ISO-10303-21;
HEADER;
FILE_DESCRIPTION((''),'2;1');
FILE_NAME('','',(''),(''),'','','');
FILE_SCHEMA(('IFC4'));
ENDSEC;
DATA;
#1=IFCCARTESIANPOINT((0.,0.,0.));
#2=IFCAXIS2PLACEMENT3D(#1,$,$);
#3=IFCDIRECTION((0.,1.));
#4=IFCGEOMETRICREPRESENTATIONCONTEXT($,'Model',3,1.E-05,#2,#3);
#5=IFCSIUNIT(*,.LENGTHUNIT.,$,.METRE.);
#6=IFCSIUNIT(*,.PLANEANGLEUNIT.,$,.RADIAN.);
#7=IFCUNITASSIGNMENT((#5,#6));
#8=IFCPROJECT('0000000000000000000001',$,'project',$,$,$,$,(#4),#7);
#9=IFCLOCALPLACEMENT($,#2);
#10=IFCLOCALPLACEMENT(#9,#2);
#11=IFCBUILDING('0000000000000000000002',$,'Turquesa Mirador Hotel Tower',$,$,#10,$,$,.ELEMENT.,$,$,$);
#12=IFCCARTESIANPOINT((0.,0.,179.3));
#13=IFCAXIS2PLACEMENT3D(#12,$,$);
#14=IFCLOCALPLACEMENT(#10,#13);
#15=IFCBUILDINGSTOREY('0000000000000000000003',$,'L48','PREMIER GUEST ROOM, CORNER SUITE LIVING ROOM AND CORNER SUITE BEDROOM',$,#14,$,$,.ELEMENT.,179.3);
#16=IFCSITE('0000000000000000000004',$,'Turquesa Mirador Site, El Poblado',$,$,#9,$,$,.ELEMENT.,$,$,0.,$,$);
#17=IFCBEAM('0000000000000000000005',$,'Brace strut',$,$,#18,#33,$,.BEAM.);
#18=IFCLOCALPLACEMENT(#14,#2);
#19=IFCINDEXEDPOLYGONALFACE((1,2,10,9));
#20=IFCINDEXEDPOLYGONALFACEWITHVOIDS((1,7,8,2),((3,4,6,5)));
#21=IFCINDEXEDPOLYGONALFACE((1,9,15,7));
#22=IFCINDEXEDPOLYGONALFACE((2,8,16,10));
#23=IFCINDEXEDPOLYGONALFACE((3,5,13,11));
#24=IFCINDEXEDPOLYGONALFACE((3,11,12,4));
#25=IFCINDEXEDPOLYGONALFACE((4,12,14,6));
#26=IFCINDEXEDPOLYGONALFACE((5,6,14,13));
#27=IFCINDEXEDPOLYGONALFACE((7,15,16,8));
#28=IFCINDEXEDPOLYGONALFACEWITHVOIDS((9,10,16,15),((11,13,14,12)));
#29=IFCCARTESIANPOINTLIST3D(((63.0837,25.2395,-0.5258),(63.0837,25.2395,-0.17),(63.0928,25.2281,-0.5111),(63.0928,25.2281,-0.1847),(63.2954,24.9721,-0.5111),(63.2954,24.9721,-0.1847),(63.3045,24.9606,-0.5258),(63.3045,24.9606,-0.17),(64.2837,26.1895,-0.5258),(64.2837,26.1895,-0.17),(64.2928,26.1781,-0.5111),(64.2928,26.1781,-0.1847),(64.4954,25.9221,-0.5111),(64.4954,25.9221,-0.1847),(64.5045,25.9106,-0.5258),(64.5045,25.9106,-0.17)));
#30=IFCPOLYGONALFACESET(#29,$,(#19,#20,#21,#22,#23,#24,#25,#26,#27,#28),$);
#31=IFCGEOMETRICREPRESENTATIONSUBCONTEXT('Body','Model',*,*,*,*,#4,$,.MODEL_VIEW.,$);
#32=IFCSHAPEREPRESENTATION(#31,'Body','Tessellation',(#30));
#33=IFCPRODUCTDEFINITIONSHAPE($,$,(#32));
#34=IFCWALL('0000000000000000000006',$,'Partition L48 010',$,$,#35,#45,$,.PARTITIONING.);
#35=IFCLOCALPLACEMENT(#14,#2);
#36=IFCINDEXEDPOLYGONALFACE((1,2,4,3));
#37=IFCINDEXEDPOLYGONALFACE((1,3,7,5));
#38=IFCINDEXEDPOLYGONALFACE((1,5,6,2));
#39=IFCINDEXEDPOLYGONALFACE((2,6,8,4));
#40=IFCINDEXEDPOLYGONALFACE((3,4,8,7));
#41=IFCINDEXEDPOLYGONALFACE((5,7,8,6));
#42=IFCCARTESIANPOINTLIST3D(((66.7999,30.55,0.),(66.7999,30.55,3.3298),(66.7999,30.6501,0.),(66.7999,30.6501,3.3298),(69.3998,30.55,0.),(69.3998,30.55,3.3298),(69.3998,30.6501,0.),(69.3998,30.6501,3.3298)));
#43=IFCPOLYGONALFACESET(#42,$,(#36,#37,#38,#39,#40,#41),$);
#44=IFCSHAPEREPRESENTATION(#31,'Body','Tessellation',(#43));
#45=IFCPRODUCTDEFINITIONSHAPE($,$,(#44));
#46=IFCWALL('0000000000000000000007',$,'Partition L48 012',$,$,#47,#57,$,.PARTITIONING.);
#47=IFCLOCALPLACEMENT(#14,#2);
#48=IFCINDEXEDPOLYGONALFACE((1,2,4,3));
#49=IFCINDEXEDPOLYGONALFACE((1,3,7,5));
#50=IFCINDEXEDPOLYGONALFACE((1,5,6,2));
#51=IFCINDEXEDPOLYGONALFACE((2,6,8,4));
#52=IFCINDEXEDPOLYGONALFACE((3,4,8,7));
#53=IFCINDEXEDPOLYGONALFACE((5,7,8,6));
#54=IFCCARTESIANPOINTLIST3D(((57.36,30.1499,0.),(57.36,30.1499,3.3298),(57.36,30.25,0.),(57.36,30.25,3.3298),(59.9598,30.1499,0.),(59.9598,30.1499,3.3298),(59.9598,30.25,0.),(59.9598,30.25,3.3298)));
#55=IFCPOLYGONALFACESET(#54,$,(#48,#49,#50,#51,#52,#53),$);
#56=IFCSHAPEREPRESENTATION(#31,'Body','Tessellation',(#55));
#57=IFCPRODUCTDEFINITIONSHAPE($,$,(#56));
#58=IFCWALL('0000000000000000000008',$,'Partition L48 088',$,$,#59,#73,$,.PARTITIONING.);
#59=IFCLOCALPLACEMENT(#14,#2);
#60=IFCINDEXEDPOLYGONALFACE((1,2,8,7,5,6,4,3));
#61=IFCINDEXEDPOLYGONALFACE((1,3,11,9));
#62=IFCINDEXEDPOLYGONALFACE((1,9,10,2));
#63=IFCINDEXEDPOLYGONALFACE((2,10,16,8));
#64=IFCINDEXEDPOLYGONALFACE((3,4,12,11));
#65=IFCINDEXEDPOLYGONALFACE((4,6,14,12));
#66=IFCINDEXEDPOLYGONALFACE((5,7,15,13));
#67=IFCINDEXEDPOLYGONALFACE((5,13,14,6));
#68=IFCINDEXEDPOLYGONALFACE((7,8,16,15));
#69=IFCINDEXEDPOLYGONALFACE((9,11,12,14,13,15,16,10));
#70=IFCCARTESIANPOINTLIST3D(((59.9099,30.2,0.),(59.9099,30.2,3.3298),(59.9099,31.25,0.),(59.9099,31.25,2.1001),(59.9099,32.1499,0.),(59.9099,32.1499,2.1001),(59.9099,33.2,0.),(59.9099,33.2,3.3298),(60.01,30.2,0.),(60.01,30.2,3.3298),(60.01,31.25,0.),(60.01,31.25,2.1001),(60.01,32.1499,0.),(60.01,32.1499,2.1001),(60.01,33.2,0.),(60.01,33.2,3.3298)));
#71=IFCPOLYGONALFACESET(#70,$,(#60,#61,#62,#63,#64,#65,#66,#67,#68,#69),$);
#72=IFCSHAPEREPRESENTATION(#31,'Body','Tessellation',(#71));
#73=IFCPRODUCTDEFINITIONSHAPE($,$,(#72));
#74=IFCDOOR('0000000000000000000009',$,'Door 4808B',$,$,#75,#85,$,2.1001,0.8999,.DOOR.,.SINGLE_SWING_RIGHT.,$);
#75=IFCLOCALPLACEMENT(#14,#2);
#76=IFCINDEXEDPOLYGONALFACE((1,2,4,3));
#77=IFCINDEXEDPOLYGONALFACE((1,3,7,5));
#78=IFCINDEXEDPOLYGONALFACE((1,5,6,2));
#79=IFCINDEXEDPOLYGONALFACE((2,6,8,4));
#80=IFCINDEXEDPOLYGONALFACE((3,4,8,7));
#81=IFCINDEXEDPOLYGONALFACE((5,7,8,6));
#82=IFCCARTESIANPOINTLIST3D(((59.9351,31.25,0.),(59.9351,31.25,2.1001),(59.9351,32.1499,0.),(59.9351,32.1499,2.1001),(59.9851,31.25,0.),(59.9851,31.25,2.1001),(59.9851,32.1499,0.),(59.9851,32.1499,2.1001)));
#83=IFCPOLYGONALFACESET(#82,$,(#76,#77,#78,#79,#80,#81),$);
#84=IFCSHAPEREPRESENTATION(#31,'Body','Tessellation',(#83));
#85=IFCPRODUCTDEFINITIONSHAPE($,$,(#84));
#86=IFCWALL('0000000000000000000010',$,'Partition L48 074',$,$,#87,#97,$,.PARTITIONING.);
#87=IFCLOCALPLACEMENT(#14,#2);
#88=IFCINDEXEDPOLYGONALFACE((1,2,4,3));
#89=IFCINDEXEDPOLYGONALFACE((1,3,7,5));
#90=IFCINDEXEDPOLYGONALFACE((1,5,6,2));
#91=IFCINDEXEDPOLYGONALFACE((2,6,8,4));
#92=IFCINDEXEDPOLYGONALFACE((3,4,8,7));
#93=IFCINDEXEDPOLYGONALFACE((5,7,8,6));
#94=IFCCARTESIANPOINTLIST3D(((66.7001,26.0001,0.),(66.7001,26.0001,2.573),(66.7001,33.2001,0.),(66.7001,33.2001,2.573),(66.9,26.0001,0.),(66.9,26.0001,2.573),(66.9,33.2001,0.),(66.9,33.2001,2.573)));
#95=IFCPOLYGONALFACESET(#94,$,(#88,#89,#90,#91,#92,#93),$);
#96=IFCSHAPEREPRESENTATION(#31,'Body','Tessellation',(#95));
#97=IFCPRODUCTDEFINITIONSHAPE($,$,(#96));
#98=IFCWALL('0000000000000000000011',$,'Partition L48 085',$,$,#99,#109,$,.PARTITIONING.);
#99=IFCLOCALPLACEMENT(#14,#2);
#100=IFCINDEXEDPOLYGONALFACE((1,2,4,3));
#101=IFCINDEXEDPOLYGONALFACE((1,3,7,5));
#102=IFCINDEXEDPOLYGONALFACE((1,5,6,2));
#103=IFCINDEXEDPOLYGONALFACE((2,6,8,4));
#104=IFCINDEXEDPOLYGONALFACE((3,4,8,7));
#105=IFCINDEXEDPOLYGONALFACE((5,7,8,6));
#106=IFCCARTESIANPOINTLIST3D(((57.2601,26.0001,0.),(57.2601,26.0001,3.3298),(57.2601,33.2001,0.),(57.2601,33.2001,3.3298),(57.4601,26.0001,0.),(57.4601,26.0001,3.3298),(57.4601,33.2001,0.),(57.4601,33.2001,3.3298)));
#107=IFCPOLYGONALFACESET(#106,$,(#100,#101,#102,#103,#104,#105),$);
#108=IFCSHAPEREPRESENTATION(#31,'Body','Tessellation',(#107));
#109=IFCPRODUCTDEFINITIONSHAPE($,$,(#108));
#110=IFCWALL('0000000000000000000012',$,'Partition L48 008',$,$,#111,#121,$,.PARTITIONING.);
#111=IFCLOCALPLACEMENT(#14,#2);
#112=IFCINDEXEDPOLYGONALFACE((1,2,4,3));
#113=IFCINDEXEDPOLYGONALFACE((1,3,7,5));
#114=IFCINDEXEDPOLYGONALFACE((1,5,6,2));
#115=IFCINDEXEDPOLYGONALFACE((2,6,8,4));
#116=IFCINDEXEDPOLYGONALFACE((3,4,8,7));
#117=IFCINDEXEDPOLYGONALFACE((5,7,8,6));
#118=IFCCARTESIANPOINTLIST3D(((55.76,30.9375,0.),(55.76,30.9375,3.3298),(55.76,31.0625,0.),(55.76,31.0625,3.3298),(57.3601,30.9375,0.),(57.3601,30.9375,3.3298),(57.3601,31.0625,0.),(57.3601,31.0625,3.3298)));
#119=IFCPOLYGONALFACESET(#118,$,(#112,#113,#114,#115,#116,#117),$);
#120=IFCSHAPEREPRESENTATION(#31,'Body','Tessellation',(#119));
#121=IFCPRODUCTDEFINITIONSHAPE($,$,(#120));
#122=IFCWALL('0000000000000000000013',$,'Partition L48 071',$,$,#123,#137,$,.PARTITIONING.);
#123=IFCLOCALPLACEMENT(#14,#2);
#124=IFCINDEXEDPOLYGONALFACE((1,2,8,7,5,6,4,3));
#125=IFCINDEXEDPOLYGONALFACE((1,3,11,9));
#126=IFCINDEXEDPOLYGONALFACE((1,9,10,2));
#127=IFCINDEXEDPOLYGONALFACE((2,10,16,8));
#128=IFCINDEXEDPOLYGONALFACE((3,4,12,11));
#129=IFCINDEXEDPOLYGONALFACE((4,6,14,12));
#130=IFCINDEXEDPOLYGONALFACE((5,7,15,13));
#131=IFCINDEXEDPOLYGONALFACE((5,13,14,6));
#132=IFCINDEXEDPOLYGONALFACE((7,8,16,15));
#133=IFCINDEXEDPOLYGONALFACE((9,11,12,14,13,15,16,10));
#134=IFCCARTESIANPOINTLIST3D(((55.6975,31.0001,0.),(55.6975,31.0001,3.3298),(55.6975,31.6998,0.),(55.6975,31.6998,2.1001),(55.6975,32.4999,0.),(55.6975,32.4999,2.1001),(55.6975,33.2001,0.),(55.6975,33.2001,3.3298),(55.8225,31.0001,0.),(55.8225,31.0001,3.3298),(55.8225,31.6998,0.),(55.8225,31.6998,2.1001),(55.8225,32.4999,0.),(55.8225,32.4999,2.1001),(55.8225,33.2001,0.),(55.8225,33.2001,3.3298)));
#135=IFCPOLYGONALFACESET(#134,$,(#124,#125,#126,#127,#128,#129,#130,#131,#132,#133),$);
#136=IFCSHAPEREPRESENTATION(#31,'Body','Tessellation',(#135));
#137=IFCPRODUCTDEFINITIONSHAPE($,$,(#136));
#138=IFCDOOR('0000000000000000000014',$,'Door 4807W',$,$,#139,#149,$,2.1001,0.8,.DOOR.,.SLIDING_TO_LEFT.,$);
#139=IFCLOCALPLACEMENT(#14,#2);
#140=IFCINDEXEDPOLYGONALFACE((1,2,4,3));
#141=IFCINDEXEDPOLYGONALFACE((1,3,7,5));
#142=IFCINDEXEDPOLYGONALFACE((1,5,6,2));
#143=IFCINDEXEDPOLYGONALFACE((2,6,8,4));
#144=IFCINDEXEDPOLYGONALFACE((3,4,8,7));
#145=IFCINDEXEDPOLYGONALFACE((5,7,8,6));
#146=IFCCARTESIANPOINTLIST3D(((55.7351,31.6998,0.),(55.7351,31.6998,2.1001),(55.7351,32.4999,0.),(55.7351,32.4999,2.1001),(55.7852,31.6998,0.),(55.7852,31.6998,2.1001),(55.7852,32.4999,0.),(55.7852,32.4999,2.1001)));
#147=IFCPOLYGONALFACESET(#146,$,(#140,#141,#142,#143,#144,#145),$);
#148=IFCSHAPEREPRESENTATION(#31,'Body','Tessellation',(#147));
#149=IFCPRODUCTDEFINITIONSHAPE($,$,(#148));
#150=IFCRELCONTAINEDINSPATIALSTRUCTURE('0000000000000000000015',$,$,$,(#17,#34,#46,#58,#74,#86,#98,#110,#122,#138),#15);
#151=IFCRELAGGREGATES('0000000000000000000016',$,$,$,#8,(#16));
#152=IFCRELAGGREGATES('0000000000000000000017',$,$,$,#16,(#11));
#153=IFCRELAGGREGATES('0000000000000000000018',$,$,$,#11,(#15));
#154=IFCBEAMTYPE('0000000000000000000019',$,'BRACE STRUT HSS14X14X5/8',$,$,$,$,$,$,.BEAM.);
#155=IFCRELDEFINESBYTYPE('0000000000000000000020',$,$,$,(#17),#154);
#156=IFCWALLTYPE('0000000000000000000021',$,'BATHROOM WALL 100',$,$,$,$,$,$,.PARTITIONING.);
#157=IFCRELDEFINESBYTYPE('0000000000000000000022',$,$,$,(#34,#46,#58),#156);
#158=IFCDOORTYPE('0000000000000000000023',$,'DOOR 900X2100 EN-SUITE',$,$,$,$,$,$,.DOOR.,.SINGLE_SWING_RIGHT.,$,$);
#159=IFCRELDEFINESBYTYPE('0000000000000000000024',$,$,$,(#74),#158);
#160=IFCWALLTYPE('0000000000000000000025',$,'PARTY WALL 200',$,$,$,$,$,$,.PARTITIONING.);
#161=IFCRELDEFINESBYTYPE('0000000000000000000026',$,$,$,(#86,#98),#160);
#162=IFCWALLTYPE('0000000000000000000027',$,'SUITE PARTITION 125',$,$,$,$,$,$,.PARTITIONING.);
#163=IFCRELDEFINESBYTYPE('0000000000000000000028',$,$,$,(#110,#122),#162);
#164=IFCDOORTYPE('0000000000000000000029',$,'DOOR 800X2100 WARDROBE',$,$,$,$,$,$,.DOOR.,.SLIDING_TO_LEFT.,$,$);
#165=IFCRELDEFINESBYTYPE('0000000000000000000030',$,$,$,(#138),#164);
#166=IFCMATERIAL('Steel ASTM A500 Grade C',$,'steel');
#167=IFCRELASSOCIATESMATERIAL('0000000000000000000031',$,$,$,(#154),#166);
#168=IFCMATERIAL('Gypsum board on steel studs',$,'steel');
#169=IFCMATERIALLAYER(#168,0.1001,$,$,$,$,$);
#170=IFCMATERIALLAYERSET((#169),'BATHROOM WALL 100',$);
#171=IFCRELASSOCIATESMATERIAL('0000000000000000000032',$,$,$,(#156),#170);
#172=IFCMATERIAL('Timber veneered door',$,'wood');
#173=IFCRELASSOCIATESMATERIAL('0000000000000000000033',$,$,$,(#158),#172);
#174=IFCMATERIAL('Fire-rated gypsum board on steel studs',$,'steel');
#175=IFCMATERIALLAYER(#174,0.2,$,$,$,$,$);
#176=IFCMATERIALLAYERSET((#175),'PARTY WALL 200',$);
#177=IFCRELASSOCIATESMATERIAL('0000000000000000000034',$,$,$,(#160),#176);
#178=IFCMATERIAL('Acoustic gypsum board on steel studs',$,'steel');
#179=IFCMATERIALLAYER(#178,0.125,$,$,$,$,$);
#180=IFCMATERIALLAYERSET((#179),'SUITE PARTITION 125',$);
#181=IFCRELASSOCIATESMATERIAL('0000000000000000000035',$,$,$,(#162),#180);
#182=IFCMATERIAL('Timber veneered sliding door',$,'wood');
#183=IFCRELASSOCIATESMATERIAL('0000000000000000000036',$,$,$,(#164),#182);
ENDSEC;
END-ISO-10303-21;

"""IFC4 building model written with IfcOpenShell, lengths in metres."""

from ifc_helpers import new_model, si_unit, direction, frame, frame_2d, origin, origin_2d, place, context, subcontext, project, spatial, rectangle, hollow_rectangle, extrude, material, layer, layer_set, material_profile, profile_set, type_object, element, fill, save


model = new_model("IFC4")

# Units and contexts
model_context = context("Model", 3, precision=1e-05, world=origin(), true_north=direction((0.0, 1.0)))
body_context = subcontext(model_context, "Body", "Model", "MODEL_VIEW")
ifc_project = project(units=[si_unit("LENGTHUNIT", "METRE"), si_unit("PLANEANGLEUNIT", "RADIAN")], contexts=[model_context])

# Site, building, storey
site_placement = place(None, origin())
site = spatial("IfcSite", under=ifc_project, at=site_placement, Name="Turquesa Mirador Site, El Poblado", CompositionType="ELEMENT", RefElevation=0.0)
building_placement = place(site_placement, origin())
building = spatial("IfcBuilding", under=site, at=building_placement, Name="Turquesa Mirador Hotel Tower", CompositionType="ELEMENT")
storey_placement = place(building_placement, frame((0.0, 0.0, 179.3)))
storey = spatial("IfcBuildingStorey", under=building, at=storey_placement, Name="L48", Description="PREMIER GUEST ROOM, CORNER SUITE LIVING ROOM AND CORNER SUITE BEDROOM", CompositionType="ELEMENT", Elevation=179.3)

# Beam
ifc_material_1 = material(Name="Steel ASTM A500 Grade C", Category="steel")
ifc_material_profile_1 = material_profile(ifc_material_1, hollow_rectangle(XDim=0.3557, YDim=0.3557, WallThickness=0.0146, at=origin_2d()), Name="HSS14X14X5/8")
ifc_profile_set_1 = profile_set([ifc_material_profile_1], Name="Steel ASTM A500 Grade C")
beam_type_1 = type_object("IfcBeamType", Name="BRACE STRUT HSS14X14X5/8", PredefinedType="BEAM", material=ifc_profile_set_1)
for number, where, z_axis, x_axis, name in (
    (1, (63.1941, 25.1001, -0.3479), (0.784049, 0.620699, 0.0), (-0.620699, 0.784049, 0.0), "Brace strut"),
):
    element("IfcBeam", number, at=place(storey_placement, frame(where, z_axis=z_axis, x_axis=x_axis)), inside=storey, type_object=beam_type_1, Name=name, PredefinedType="BEAM", context=body_context, shape_type="SweptSolid", body=[
        extrude(hollow_rectangle(XDim=0.3557, YDim=0.3557, WallThickness=0.0146, at=origin_2d()), origin(), (0.0, 0.0, 1.0), 1.5305),
    ])

# Walls
ifc_material_2 = material(Name="Gypsum board on steel studs", Category="steel")
ifc_layer_1 = layer(ifc_material_2, 0.1001)
ifc_layer_set_1 = layer_set([ifc_layer_1], Name="BATHROOM WALL 100")
wall_type_1 = type_object("IfcWallType", Name="BATHROOM WALL 100", PredefinedType="PARTITIONING", material=ifc_layer_set_1)
for number, where, z_axis, x_axis, name in (
    (2, (66.8, 30.6001, 0.0), (0.0, 0.0, 1.0), (1.0, 0.0, 0.0), "Partition L48 010"),
    (3, (57.3601, 30.2, 0.0), (0.0, 0.0, 1.0), (1.0, 0.0, 0.0), "Partition L48 012"),
):
    element("IfcWall", number, at=place(storey_placement, frame(where, z_axis=z_axis, x_axis=x_axis)), inside=storey, type_object=wall_type_1, Name=name, PredefinedType="PARTITIONING", context=body_context, shape_type="SweptSolid", body=[
        extrude(rectangle(XDim=2.5999, YDim=0.1001, at=frame_2d((1.2998, 0.0))), origin(), (0.0, 0.0, 1.0), 3.3298),
    ])

# Wall, opening, door
wall_1_placement = place(storey_placement, frame((59.96, 30.2, 0.0), z_axis=(0.0, 0.0, 1.0), x_axis=(0.0, 1.0, 0.0)))
wall_1 = element("IfcWall", 4, at=wall_1_placement, inside=storey, type_object=wall_type_1, Name="Partition L48 088", PredefinedType="PARTITIONING", context=body_context, shape_type="SweptSolid", body=[
    extrude(rectangle(XDim=3.0, YDim=0.1001, at=frame_2d((1.5, 0.0))), origin(), (0.0, 0.0, 1.0), 3.3298),
])
opening_1_placement = place(wall_1_placement, frame((1.05, 0.0, 0.0)))
opening_1 = element("IfcOpeningElement", 5, at=opening_1_placement, cuts=wall_1, PredefinedType="OPENING", context=body_context, shape_type="SweptSolid", body=[
    extrude(rectangle(XDim=0.8999, YDim=2.1001, at=frame_2d((0.45, 1.05))), frame((0.0, 0.0601, 0.0), z_axis=(0.0, -1.0, 0.0), x_axis=(1.0, 0.0, 0.0)), (0.0, 0.0, 1.0), 0.1201),
])
ifc_material_3 = material(Name="Timber veneered door", Category="wood")
door_type_1 = type_object("IfcDoorType", Name="DOOR 900X2100 EN-SUITE", OperationType="SINGLE_SWING_RIGHT", PredefinedType="DOOR", material=ifc_material_3)
door_1_placement = place(opening_1_placement, origin())
door_1 = element("IfcDoor", 6, at=door_1_placement, inside=storey, type_object=door_type_1, Name="Door 4808B", OperationType="SINGLE_SWING_RIGHT", OverallHeight=2.1001, OverallWidth=0.8999, PredefinedType="DOOR", context=body_context, shape_type="SweptSolid", body=[
    extrude(rectangle(XDim=0.8999, YDim=2.1001, at=frame_2d((0.45, 1.05))), frame((0.0, 0.0249, 0.0), z_axis=(0.0, -1.0, 0.0), x_axis=(1.0, 0.0, 0.0)), (0.0, 0.0, 1.0), 0.05),
])
fill(opening_1, door_1)

# Walls
ifc_material_4 = material(Name="Fire-rated gypsum board on steel studs", Category="steel")
ifc_layer_2 = layer(ifc_material_4, 0.2)
ifc_layer_set_2 = layer_set([ifc_layer_2], Name="PARTY WALL 200")
wall_type_2 = type_object("IfcWallType", Name="PARTY WALL 200", PredefinedType="PARTITIONING", material=ifc_layer_set_2)
wall_2_placement = place(storey_placement, frame((66.8, 26.0, 0.0), z_axis=(0.0, 0.0, 1.0), x_axis=(0.0, 1.0, 0.0)))
element("IfcWall", 7, at=wall_2_placement, inside=storey, type_object=wall_type_2, Name="Partition L48 074", PredefinedType="PARTITIONING", context=body_context, shape_type="SweptSolid", body=[
    extrude(rectangle(XDim=7.2, YDim=0.2, at=frame_2d((3.6001, 0.0))), origin(), (0.0, 0.0, 1.0), 2.573),
])
wall_3_placement = place(storey_placement, frame((57.3601, 26.0, 0.0), z_axis=(0.0, 0.0, 1.0), x_axis=(0.0, 1.0, 0.0)))
element("IfcWall", 8, at=wall_3_placement, inside=storey, type_object=wall_type_2, Name="Partition L48 085", PredefinedType="PARTITIONING", context=body_context, shape_type="SweptSolid", body=[
    extrude(rectangle(XDim=7.2, YDim=0.2, at=frame_2d((3.6001, 0.0))), origin(), (0.0, 0.0, 1.0), 3.3298),
])
ifc_material_5 = material(Name="Acoustic gypsum board on steel studs", Category="steel")
ifc_layer_3 = layer(ifc_material_5, 0.125)
ifc_layer_set_3 = layer_set([ifc_layer_3], Name="SUITE PARTITION 125")
wall_type_3 = type_object("IfcWallType", Name="SUITE PARTITION 125", PredefinedType="PARTITIONING", material=ifc_layer_set_3)
wall_4_placement = place(storey_placement, frame((55.76, 31.0, 0.0), z_axis=(0.0, 0.0, 1.0), x_axis=(1.0, 0.0, 0.0)))
element("IfcWall", 9, at=wall_4_placement, inside=storey, type_object=wall_type_3, Name="Partition L48 008", PredefinedType="PARTITIONING", context=body_context, shape_type="SweptSolid", body=[
    extrude(rectangle(XDim=1.6001, YDim=0.125, at=frame_2d((0.8, 0.0))), origin(), (0.0, 0.0, 1.0), 3.3298),
])

# Wall, opening, door
wall_5_placement = place(storey_placement, frame((55.76, 31.0, 0.0), z_axis=(0.0, 0.0, 1.0), x_axis=(0.0, 1.0, 0.0)))
wall_5 = element("IfcWall", 10, at=wall_5_placement, inside=storey, type_object=wall_type_3, Name="Partition L48 071", PredefinedType="PARTITIONING", context=body_context, shape_type="SweptSolid", body=[
    extrude(rectangle(XDim=2.2, YDim=0.125, at=frame_2d((1.1001, 0.0))), origin(), (0.0, 0.0, 1.0), 3.3298),
])
opening_2_placement = place(wall_5_placement, frame((0.7, 0.0, 0.0)))
opening_2 = element("IfcOpeningElement", 11, at=opening_2_placement, cuts=wall_5, PredefinedType="OPENING", context=body_context, shape_type="SweptSolid", body=[
    extrude(rectangle(XDim=0.8, YDim=2.1001, at=frame_2d((0.3999, 1.05))), frame((0.0, 0.0725, 0.0), z_axis=(0.0, -1.0, 0.0), x_axis=(1.0, 0.0, 0.0)), (0.0, 0.0, 1.0), 0.145),
])
ifc_material_6 = material(Name="Timber veneered sliding door", Category="wood")
door_type_2 = type_object("IfcDoorType", Name="DOOR 800X2100 WARDROBE", OperationType="SLIDING_TO_LEFT", PredefinedType="DOOR", material=ifc_material_6)
door_2_placement = place(opening_2_placement, origin())
door_2 = element("IfcDoor", 12, at=door_2_placement, inside=storey, type_object=door_type_2, Name="Door 4807W", OperationType="SLIDING_TO_LEFT", OverallHeight=2.1001, OverallWidth=0.8, PredefinedType="DOOR", context=body_context, shape_type="SweptSolid", body=[
    extrude(rectangle(XDim=0.8, YDim=2.1001, at=frame_2d((0.3999, 1.05))), frame((0.0, 0.0249, 0.0), z_axis=(0.0, -1.0, 0.0), x_axis=(1.0, 0.0, 0.0)), (0.0, 0.0, 1.0), 0.05),
])
fill(opening_2, door_2)

save(model, "model.ifc")
